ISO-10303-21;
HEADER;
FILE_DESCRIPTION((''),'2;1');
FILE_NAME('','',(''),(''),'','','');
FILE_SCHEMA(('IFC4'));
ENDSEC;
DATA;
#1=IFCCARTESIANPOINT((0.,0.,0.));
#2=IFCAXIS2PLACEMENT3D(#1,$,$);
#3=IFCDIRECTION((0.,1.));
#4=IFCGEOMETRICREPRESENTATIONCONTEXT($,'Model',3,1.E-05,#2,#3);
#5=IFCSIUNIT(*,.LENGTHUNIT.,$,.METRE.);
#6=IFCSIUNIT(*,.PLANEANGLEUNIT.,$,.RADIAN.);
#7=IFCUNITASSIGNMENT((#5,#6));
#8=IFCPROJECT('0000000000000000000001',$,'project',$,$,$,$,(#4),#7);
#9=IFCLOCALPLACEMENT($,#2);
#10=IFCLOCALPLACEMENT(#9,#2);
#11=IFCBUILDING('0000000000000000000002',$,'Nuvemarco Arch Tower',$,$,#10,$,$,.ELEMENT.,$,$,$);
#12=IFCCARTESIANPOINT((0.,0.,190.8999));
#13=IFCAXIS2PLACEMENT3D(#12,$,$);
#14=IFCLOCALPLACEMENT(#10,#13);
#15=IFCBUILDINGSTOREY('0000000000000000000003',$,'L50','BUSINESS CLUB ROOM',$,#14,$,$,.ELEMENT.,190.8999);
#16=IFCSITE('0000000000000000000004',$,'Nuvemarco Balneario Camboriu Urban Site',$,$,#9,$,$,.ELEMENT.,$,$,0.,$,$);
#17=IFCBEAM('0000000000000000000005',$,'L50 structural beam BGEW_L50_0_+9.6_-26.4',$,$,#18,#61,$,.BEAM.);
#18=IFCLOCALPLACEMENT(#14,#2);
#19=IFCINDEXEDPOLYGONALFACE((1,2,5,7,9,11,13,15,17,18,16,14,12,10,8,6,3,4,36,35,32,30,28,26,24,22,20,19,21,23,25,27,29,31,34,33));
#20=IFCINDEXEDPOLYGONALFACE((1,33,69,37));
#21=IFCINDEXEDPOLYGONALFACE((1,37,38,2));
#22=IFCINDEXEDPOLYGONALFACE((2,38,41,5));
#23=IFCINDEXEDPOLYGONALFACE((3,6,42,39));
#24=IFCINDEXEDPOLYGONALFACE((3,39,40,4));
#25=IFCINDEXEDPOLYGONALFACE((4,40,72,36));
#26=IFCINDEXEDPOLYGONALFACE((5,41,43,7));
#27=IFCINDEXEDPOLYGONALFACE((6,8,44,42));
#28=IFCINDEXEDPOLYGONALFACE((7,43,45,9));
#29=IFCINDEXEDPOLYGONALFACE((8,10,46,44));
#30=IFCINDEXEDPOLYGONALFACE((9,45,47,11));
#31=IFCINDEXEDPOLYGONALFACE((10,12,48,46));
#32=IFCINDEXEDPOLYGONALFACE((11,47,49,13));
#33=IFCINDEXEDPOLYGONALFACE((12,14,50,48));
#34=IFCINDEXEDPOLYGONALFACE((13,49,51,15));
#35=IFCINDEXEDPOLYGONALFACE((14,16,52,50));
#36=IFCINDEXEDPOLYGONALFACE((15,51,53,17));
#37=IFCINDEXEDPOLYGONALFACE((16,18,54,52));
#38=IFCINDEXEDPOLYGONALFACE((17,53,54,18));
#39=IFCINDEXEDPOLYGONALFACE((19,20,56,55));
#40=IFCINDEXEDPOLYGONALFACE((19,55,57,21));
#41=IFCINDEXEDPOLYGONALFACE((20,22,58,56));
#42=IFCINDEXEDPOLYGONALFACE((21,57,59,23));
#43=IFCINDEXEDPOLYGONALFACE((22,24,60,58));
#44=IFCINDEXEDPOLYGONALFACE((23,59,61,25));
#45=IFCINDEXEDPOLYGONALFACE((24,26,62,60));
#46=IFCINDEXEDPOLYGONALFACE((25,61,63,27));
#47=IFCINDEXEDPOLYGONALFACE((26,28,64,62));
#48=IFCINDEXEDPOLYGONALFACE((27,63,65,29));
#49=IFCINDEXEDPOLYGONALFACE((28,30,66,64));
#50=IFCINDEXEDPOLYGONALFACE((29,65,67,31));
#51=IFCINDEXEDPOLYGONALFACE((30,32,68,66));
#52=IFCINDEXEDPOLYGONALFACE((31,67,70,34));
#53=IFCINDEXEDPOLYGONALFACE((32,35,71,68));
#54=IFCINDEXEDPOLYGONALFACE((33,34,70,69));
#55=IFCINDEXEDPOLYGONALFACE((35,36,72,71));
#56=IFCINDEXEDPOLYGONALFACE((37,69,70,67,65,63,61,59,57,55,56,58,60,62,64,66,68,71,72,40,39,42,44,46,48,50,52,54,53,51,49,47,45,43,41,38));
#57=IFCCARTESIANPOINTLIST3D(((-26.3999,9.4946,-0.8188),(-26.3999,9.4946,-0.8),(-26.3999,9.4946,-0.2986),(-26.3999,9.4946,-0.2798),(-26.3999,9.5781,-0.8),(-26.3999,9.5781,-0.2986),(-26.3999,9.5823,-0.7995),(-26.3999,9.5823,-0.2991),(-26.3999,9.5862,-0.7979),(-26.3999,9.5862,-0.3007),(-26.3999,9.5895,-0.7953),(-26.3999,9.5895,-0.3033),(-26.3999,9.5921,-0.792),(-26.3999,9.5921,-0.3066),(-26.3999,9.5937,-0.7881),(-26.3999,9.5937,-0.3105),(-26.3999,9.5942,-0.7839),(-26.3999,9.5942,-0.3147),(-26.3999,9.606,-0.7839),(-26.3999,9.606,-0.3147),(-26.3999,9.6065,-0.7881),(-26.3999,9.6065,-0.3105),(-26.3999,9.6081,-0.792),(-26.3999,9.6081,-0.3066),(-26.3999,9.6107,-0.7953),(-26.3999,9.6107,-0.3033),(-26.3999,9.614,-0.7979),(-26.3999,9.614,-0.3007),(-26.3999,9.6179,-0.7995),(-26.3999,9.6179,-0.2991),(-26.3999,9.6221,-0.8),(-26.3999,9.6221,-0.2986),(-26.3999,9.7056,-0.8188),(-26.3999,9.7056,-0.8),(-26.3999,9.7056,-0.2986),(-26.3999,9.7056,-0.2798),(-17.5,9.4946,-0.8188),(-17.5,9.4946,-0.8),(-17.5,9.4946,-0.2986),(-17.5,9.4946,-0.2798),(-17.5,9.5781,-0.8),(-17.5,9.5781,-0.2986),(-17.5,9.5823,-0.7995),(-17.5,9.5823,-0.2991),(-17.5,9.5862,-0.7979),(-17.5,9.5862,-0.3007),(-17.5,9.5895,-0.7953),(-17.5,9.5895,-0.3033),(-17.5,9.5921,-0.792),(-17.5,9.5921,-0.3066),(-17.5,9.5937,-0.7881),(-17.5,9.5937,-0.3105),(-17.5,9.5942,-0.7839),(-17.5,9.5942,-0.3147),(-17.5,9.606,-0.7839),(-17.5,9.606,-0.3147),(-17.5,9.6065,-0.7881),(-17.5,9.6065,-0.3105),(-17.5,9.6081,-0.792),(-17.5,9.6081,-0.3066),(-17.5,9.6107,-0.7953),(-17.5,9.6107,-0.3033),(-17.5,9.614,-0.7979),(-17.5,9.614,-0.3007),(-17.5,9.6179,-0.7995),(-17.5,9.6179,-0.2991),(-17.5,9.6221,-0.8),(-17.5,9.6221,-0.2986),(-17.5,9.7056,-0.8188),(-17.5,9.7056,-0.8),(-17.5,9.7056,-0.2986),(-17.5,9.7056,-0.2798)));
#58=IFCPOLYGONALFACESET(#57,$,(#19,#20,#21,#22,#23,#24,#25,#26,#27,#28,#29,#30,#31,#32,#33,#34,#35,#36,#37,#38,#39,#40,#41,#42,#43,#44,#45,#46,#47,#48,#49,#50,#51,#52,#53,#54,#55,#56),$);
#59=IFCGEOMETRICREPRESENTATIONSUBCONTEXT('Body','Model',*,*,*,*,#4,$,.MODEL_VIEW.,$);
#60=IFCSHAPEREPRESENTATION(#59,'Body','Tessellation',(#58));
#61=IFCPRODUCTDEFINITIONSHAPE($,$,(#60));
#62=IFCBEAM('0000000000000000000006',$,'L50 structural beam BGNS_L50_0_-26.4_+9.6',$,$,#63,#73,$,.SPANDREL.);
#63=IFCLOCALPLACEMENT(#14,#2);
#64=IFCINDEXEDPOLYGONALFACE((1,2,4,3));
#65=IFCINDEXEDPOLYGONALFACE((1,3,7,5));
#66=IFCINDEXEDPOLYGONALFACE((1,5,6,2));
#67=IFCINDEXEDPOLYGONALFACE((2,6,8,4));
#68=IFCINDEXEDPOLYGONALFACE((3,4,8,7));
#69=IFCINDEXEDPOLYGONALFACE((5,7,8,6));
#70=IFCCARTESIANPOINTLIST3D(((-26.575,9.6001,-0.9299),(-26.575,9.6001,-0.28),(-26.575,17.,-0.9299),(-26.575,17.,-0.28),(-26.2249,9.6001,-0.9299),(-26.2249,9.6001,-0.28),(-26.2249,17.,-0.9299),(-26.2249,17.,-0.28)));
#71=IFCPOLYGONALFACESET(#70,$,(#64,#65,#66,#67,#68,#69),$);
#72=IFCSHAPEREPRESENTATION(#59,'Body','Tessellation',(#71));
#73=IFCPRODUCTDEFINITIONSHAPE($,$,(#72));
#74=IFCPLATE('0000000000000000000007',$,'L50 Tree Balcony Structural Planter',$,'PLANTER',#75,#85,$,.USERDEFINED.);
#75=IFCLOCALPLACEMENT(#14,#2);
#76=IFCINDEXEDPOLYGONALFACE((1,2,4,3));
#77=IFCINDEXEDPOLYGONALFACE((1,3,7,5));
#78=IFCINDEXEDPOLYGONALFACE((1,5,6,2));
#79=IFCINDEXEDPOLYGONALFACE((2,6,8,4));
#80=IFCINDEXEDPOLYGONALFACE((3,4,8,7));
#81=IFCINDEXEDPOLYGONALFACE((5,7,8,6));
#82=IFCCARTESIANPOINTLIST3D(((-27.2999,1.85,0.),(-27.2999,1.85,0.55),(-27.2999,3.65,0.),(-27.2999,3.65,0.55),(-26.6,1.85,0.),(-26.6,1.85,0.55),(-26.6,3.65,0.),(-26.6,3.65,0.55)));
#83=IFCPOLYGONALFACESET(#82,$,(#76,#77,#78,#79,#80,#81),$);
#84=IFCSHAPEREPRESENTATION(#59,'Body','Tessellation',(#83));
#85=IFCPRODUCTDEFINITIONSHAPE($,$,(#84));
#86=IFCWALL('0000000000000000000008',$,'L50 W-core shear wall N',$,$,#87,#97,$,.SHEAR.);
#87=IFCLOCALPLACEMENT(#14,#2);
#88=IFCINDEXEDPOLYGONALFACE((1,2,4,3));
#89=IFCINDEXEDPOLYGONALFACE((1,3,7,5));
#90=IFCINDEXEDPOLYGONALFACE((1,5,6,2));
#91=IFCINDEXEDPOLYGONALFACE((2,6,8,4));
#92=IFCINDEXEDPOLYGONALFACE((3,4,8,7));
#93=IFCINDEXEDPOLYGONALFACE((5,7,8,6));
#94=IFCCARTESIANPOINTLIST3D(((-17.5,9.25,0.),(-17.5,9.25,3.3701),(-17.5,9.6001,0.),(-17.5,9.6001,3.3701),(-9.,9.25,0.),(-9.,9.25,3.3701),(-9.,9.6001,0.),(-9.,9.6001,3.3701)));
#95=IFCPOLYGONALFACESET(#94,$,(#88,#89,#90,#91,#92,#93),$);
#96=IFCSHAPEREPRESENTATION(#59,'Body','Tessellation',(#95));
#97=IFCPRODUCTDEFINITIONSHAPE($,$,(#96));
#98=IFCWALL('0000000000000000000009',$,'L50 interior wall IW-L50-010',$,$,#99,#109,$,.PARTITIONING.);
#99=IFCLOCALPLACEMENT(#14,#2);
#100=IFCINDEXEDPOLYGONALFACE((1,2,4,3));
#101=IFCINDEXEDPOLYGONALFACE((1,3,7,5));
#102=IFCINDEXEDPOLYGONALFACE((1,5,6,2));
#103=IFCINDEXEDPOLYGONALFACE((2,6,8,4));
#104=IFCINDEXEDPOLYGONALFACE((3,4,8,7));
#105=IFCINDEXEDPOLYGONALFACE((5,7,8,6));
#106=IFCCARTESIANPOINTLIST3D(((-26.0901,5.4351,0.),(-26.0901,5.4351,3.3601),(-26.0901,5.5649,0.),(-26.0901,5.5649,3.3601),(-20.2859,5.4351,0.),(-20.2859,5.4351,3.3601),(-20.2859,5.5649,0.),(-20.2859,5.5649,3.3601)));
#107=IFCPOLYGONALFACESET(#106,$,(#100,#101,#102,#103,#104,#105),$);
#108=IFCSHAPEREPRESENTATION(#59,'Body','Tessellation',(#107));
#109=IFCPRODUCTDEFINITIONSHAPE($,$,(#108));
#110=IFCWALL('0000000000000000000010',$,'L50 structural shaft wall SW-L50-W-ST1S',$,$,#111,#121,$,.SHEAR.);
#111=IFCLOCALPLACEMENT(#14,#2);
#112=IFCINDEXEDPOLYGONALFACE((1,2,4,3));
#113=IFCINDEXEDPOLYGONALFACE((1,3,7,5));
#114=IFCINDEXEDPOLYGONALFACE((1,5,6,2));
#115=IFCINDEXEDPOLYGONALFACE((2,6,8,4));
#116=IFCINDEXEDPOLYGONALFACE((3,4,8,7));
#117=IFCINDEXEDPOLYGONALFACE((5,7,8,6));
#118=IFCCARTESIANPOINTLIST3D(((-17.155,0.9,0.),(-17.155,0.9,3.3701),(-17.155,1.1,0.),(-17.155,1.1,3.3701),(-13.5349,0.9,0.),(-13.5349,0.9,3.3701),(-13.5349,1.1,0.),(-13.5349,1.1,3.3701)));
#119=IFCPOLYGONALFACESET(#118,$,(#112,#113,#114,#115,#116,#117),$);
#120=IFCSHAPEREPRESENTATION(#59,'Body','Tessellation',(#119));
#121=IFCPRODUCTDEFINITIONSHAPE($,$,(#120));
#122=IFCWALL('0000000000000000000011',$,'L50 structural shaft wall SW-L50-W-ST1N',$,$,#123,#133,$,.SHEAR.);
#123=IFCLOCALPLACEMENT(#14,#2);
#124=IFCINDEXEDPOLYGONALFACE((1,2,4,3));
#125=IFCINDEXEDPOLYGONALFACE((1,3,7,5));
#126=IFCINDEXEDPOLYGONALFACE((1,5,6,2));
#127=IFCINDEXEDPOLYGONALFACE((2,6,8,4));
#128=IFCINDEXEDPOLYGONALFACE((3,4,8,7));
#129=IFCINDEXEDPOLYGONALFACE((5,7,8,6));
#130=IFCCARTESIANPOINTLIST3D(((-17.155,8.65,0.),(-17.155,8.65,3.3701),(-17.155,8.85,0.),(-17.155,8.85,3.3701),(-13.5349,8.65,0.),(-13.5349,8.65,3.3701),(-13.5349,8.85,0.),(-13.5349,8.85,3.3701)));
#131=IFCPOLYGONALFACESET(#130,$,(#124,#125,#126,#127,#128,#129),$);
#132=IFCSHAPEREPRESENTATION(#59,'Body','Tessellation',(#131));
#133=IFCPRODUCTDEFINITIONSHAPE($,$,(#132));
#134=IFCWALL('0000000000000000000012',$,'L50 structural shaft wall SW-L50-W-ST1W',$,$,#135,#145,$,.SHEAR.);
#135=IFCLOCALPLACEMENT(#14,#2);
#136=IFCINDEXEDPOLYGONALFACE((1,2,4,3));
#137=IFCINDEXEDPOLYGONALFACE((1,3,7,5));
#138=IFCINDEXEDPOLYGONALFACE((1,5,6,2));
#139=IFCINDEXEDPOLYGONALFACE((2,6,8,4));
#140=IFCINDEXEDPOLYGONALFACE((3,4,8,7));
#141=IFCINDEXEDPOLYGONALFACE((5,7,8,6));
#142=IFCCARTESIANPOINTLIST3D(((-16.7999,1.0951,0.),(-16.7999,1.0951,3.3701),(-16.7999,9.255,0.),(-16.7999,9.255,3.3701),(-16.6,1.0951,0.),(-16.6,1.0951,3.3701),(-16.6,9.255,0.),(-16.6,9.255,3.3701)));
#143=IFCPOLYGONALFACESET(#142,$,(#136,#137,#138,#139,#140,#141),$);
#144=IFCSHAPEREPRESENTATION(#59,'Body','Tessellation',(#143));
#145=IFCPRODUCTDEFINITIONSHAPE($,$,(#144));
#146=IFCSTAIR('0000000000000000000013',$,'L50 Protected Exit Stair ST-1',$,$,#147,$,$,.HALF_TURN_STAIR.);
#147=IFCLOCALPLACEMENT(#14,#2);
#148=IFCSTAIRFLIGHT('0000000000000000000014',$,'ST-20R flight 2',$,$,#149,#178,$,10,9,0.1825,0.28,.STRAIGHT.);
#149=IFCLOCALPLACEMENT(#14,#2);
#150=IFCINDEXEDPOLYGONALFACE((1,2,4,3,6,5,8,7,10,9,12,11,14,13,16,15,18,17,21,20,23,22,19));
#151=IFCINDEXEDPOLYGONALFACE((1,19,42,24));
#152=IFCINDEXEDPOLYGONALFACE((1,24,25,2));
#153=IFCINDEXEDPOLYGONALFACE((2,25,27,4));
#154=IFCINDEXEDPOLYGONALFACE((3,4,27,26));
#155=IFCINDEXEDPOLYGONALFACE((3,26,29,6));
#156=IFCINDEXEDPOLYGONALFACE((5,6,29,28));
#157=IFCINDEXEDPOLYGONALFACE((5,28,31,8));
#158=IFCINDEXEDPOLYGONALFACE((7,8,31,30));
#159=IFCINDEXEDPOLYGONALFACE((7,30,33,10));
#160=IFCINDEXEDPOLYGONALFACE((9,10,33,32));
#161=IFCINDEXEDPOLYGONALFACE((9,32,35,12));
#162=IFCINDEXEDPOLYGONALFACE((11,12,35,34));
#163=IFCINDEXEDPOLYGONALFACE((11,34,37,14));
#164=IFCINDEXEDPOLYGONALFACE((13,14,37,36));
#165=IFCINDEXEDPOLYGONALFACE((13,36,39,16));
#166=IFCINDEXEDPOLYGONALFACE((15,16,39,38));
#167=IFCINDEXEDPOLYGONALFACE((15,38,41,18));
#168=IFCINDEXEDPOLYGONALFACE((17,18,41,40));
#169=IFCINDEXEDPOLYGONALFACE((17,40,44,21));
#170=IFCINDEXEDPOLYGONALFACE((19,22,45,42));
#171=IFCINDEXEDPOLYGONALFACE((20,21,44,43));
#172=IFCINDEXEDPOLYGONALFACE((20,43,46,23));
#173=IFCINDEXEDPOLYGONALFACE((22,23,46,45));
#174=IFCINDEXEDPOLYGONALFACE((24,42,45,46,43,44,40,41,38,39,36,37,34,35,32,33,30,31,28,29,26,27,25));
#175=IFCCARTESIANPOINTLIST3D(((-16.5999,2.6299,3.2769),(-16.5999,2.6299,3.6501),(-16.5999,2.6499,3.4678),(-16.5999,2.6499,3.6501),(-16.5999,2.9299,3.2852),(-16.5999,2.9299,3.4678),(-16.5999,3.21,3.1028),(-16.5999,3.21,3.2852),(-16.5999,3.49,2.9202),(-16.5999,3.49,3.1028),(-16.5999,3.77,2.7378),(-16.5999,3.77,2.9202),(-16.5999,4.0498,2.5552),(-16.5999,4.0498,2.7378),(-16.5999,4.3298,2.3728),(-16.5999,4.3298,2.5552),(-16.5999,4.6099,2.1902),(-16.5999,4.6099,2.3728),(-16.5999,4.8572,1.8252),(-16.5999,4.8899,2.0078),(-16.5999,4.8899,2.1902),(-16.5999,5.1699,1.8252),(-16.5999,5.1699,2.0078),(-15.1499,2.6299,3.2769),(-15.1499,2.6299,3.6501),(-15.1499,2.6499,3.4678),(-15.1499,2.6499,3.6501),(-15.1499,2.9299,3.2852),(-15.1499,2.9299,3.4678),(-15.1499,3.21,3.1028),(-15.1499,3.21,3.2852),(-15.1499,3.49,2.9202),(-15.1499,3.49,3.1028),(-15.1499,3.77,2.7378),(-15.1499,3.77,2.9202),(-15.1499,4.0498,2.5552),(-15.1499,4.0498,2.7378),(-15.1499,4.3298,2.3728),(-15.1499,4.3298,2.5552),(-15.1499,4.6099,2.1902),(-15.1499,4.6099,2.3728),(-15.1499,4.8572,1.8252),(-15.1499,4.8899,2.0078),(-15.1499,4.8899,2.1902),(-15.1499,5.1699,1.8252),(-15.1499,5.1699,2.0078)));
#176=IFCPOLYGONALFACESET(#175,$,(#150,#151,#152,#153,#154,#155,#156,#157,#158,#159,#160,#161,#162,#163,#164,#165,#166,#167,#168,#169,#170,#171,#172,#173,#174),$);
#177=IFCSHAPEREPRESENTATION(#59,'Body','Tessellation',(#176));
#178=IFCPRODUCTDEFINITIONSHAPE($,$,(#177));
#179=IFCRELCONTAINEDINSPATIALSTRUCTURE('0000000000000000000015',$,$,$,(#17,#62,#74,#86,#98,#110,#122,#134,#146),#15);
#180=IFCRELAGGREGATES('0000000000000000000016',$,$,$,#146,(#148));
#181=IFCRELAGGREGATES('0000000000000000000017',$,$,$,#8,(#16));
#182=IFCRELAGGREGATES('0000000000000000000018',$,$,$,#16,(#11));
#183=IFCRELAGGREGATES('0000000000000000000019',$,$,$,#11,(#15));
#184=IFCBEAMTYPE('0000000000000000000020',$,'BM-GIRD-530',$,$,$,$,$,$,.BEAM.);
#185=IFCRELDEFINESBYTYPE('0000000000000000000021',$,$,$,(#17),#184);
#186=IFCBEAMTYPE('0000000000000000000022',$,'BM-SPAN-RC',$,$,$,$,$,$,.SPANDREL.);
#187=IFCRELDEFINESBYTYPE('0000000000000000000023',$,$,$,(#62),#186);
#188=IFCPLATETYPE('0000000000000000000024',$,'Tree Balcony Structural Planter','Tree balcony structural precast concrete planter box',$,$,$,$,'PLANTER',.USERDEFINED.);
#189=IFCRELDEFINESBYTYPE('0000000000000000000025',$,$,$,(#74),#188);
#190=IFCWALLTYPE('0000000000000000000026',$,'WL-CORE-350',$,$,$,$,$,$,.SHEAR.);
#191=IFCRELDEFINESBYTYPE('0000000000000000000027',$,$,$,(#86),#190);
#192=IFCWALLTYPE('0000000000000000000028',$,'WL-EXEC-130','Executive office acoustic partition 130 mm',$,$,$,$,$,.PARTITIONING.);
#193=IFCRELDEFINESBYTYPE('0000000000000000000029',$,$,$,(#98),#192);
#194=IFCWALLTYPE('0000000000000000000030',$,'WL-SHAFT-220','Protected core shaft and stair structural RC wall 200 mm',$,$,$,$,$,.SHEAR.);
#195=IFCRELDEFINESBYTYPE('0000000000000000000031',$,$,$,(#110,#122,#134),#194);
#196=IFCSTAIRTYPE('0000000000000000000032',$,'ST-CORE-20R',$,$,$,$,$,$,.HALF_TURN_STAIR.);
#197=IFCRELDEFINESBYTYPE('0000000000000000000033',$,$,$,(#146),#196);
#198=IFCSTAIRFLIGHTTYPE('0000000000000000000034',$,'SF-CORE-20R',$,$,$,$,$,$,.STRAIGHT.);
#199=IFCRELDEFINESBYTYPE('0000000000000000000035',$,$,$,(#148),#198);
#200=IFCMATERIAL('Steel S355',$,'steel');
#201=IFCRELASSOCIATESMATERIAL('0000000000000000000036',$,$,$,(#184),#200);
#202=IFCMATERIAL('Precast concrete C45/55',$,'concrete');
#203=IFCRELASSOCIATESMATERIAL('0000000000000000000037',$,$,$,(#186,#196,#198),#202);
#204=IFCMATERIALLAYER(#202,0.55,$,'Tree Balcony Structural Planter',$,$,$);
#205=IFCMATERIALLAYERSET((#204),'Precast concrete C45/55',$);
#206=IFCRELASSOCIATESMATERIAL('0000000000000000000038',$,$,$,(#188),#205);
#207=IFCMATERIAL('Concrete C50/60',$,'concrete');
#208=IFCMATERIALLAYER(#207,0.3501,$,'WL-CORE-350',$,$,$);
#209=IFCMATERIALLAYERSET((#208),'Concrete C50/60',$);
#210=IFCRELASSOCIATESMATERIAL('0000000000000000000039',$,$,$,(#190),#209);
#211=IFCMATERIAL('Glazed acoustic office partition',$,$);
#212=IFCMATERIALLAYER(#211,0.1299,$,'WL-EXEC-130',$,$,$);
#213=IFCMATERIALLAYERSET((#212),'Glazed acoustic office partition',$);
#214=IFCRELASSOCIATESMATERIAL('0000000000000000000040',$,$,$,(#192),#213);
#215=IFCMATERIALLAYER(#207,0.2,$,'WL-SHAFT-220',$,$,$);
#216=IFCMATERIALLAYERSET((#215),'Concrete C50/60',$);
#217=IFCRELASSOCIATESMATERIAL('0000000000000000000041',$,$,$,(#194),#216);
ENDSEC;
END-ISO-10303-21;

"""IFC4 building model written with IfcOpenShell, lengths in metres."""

from ifc_helpers import new_model, si_unit, direction, frame, frame_2d, origin, origin_2d, place, context, subcontext, project, spatial, polyline, rectangle, i_section, outline, extrude, source, transform, mapped, material, layer, layer_set, material_profile, profile_set, type_object, type_shapes, element, aggregate, save


model = new_model("IFC4")

# Units and contexts
model_context = context("Model", 3, precision=1e-05, world=origin(), true_north=direction((0.0, 1.0)))
body_context = subcontext(model_context, "Body", "Model", "MODEL_VIEW")
ifc_project = project(units=[si_unit("LENGTHUNIT", "METRE"), si_unit("PLANEANGLEUNIT", "RADIAN")], contexts=[model_context])

# Site, building, storey
site_placement = place(None, origin())
site = spatial("IfcSite", under=ifc_project, at=site_placement, Name="Nuvemarco Balneario Camboriu Urban Site", CompositionType="ELEMENT", RefElevation=0.0)
building_placement = place(site_placement, origin())
building = spatial("IfcBuilding", under=site, at=building_placement, Name="Nuvemarco Arch Tower", CompositionType="ELEMENT")
storey_placement = place(building_placement, frame((0.0, 0.0, 190.8999)))
storey = spatial("IfcBuildingStorey", under=building, at=storey_placement, Name="L50", Description="BUSINESS CLUB ROOM", CompositionType="ELEMENT", Elevation=190.8999)

# Shared definitions
ifc_material_1 = material(Name="Concrete C50/60", Category="concrete")
ifc_material_2 = material(Name="Steel S355", Category="steel")

# Beams
ifc_material_profile_1 = material_profile(ifc_material_2, i_section(OverallWidth=0.2109, OverallDepth=0.5391, WebThickness=0.0117, FlangeThickness=0.0188, FilletRadius=0.0161, at=origin_2d()), Name="W530x109")
ifc_profile_set_1 = profile_set([ifc_material_profile_1], Name="Steel S355")
beam_type_1 = type_object("IfcBeamType", Name="BM-GIRD-530", PredefinedType="BEAM", material=ifc_profile_set_1)
beam_1_placement = place(storey_placement, frame((-26.3999, 9.6001, -0.5493), z_axis=(1.0, 0.0, 0.0), x_axis=(0.0, 1.0, 0.0)))
element("IfcBeam", 1, at=beam_1_placement, inside=storey, type_object=beam_type_1, Name="L50 structural beam BGEW_L50_0_+9.6_-26.4", PredefinedType="BEAM", context=body_context, shape_type="SweptSolid", body=[
    extrude(i_section(OverallWidth=0.2109, OverallDepth=0.5391, WebThickness=0.0117, FlangeThickness=0.0188, FilletRadius=0.0161, at=origin_2d()), origin(), (0.0, 0.0, 1.0), 8.8999),
])
ifc_material_3 = material(Name="Precast concrete C45/55", Category="concrete")
ifc_material_profile_2 = material_profile(ifc_material_3, rectangle(XDim=0.3501, YDim=0.6499, at=origin_2d()), Name="PC-SP-350x650")
ifc_profile_set_2 = profile_set([ifc_material_profile_2], Name="Precast concrete C45/55")
beam_type_2 = type_object("IfcBeamType", Name="BM-SPAN-RC", PredefinedType="SPANDREL", material=ifc_profile_set_2)
beam_2_placement = place(storey_placement, frame((-26.3999, 9.6001, -0.605), z_axis=(0.0, 1.0, 0.0), x_axis=(-1.0, 0.0, 0.0)))
element("IfcBeam", 2, at=beam_2_placement, inside=storey, type_object=beam_type_2, Name="L50 structural beam BGNS_L50_0_-26.4_+9.6", PredefinedType="SPANDREL", context=body_context, shape_type="SweptSolid", body=[
    extrude(rectangle(XDim=0.3501, YDim=0.6499, at=origin_2d()), origin(), (0.0, 0.0, 1.0), 7.3999),
])

# Plate
ifc_layer_1 = layer(ifc_material_3, 0.55, Name="Tree Balcony Structural Planter")
ifc_layer_set_1 = layer_set([ifc_layer_1], Name="Precast concrete C45/55")
plate_type = type_object("IfcPlateType", Name="Tree Balcony Structural Planter", Description="Tree balcony structural precast concrete planter box", ElementType="PLANTER", PredefinedType="USERDEFINED", material=ifc_layer_set_1)
shared_shape_1 = source(origin(), body_context, "Body", "SweptSolid", [
    extrude(rectangle(XDim=1.8, YDim=0.7, at=origin_2d()), origin(), (0.0, 0.0, 1.0), 0.55),
])
type_shapes(plate_type, [shared_shape_1])
plate_placement = place(storey_placement, frame((-26.95, 2.75, 0.0), z_axis=(0.0, 0.0, 1.0), x_axis=(0.0, 1.0, 0.0)))
element("IfcPlate", 3, at=plate_placement, inside=storey, type_object=plate_type, Name="L50 Tree Balcony Structural Planter", ObjectType="PLANTER", PredefinedType="USERDEFINED", context=body_context, shape_type="MappedRepresentation", body=[
    mapped(shared_shape_1, transform((0.0, 0.0, 0.0), scale=1.0)),
])

# Walls
ifc_layer_2 = layer(ifc_material_1, 0.3501, Name="WL-CORE-350")
ifc_layer_set_2 = layer_set([ifc_layer_2], Name="Concrete C50/60")
wall_type_1 = type_object("IfcWallType", Name="WL-CORE-350", PredefinedType="SHEAR", material=ifc_layer_set_2)
wall_1_placement = place(storey_placement, frame((-17.5, 9.425, 0.0), z_axis=(0.0, 0.0, 1.0), x_axis=(1.0, 0.0, 0.0)))
element("IfcWall", 4, at=wall_1_placement, inside=storey, type_object=wall_type_1, Name="L50 W-core shear wall N", PredefinedType="SHEAR", context=body_context, shape_type="SweptSolid", body=[
    extrude(rectangle(XDim=8.5, YDim=0.3501, at=frame_2d((4.25, 0.0))), origin(), (0.0, 0.0, 1.0), 3.3701),
])
ifc_material_4 = material(Name="Glazed acoustic office partition")
ifc_layer_3 = layer(ifc_material_4, 0.1299, Name="WL-EXEC-130")
ifc_layer_set_3 = layer_set([ifc_layer_3], Name="Glazed acoustic office partition")
wall_type_2 = type_object("IfcWallType", Name="WL-EXEC-130", Description="Executive office acoustic partition 130 mm", PredefinedType="PARTITIONING", material=ifc_layer_set_3)
wall_2_placement = place(storey_placement, frame((-26.0901, 5.5, 0.0), z_axis=(0.0, 0.0, 1.0), x_axis=(1.0, 0.0, 0.0)))
element("IfcWall", 5, at=wall_2_placement, inside=storey, type_object=wall_type_2, Name="L50 interior wall IW-L50-010", PredefinedType="PARTITIONING", context=body_context, shape_type="SweptSolid", body=[
    extrude(rectangle(XDim=5.8042, YDim=0.1299, at=frame_2d((2.9021, 0.0))), origin(), (0.0, 0.0, 1.0), 3.3601),
])
ifc_layer_4 = layer(ifc_material_1, 0.2, Name="WL-SHAFT-220")
ifc_layer_set_4 = layer_set([ifc_layer_4], Name="Concrete C50/60")
wall_type_3 = type_object("IfcWallType", Name="WL-SHAFT-220", Description="Protected core shaft and stair structural RC wall 200 mm", PredefinedType="SHEAR", material=ifc_layer_set_4)
for number, where, z_axis, x_axis, name in (
    (6, (-17.155, 1.0, 0.0), (0.0, 0.0, 1.0), (1.0, 0.0, 0.0), "L50 structural shaft wall SW-L50-W-ST1S"),
    (7, (-17.155, 8.75, 0.0), (0.0, 0.0, 1.0), (1.0, 0.0, 0.0), "L50 structural shaft wall SW-L50-W-ST1N"),
):
    element("IfcWall", number, at=place(storey_placement, frame(where, z_axis=z_axis, x_axis=x_axis)), inside=storey, type_object=wall_type_3, Name=name, PredefinedType="SHEAR", context=body_context, shape_type="SweptSolid", body=[
        extrude(rectangle(XDim=3.6201, YDim=0.2, at=frame_2d((1.8101, 0.0))), origin(), (0.0, 0.0, 1.0), 3.3701),
    ])
wall_3_placement = place(storey_placement, frame((-16.7, 1.095, 0.0), z_axis=(0.0, 0.0, 1.0), x_axis=(0.0, 1.0, 0.0)))
element("IfcWall", 8, at=wall_3_placement, inside=storey, type_object=wall_type_3, Name="L50 structural shaft wall SW-L50-W-ST1W", PredefinedType="SHEAR", context=body_context, shape_type="SweptSolid", body=[
    extrude(rectangle(XDim=8.1599, YDim=0.2, at=frame_2d((4.0801, 0.0))), origin(), (0.0, 0.0, 1.0), 3.3701),
])

# Stair, stair flight
stair_type = type_object("IfcStairType", Name="ST-CORE-20R", PredefinedType="HALF_TURN_STAIR", material=ifc_material_3)
stair_placement = place(storey_placement, origin())
stair = element("IfcStair", 9, at=stair_placement, inside=storey, type_object=stair_type, Name="L50 Protected Exit Stair ST-1", PredefinedType="HALF_TURN_STAIR")
stair_flight_type = type_object("IfcStairFlightType", Name="SF-CORE-20R", PredefinedType="STRAIGHT", material=ifc_material_3)
stair_flight_placement = place(storey_placement, frame((-15.875, 5.1699, 1.8252), z_axis=(0.0, 0.0, 1.0), x_axis=(0.0, -1.0, 0.0)))
stair_flight = element("IfcStairFlight", 10, at=stair_flight_placement, type_object=stair_flight_type, Name="ST-20R flight 2", NumberOfRisers=10, NumberOfTreads=9, PredefinedType="STRAIGHT", RiserHeight=0.1825, TreadLength=0.28, context=body_context, shape_type="SweptSolid", body=[
    extrude(outline(polyline([(0.0, 0.0), (0.0, 0.1826), (0.28, 0.1826), (0.28, 0.365), (0.5601, 0.365), (0.5601, 0.5476), (0.8401, 0.5476), (0.8401, 0.73), (1.1201, 0.73), (1.1201, 0.9126), (1.3999, 0.9126), (1.3999, 1.095), (1.6799, 1.095), (1.6799, 1.2776), (1.96, 1.2776), (1.96, 1.46), (2.24, 1.46), (2.24, 1.6426), (2.52, 1.6426), (2.52, 1.825), (2.54, 1.825), (2.54, 1.4517), (0.3127, 0.0), (0.0, 0.0)])), frame((0.0, 0.7251, 0.0), z_axis=(0.0, -1.0, 0.0), x_axis=(1.0, 0.0, 0.0)), (0.0, 0.0, 1.0), 1.45),
])
aggregate(stair, [stair_flight])

save(model, "model.ifc")
